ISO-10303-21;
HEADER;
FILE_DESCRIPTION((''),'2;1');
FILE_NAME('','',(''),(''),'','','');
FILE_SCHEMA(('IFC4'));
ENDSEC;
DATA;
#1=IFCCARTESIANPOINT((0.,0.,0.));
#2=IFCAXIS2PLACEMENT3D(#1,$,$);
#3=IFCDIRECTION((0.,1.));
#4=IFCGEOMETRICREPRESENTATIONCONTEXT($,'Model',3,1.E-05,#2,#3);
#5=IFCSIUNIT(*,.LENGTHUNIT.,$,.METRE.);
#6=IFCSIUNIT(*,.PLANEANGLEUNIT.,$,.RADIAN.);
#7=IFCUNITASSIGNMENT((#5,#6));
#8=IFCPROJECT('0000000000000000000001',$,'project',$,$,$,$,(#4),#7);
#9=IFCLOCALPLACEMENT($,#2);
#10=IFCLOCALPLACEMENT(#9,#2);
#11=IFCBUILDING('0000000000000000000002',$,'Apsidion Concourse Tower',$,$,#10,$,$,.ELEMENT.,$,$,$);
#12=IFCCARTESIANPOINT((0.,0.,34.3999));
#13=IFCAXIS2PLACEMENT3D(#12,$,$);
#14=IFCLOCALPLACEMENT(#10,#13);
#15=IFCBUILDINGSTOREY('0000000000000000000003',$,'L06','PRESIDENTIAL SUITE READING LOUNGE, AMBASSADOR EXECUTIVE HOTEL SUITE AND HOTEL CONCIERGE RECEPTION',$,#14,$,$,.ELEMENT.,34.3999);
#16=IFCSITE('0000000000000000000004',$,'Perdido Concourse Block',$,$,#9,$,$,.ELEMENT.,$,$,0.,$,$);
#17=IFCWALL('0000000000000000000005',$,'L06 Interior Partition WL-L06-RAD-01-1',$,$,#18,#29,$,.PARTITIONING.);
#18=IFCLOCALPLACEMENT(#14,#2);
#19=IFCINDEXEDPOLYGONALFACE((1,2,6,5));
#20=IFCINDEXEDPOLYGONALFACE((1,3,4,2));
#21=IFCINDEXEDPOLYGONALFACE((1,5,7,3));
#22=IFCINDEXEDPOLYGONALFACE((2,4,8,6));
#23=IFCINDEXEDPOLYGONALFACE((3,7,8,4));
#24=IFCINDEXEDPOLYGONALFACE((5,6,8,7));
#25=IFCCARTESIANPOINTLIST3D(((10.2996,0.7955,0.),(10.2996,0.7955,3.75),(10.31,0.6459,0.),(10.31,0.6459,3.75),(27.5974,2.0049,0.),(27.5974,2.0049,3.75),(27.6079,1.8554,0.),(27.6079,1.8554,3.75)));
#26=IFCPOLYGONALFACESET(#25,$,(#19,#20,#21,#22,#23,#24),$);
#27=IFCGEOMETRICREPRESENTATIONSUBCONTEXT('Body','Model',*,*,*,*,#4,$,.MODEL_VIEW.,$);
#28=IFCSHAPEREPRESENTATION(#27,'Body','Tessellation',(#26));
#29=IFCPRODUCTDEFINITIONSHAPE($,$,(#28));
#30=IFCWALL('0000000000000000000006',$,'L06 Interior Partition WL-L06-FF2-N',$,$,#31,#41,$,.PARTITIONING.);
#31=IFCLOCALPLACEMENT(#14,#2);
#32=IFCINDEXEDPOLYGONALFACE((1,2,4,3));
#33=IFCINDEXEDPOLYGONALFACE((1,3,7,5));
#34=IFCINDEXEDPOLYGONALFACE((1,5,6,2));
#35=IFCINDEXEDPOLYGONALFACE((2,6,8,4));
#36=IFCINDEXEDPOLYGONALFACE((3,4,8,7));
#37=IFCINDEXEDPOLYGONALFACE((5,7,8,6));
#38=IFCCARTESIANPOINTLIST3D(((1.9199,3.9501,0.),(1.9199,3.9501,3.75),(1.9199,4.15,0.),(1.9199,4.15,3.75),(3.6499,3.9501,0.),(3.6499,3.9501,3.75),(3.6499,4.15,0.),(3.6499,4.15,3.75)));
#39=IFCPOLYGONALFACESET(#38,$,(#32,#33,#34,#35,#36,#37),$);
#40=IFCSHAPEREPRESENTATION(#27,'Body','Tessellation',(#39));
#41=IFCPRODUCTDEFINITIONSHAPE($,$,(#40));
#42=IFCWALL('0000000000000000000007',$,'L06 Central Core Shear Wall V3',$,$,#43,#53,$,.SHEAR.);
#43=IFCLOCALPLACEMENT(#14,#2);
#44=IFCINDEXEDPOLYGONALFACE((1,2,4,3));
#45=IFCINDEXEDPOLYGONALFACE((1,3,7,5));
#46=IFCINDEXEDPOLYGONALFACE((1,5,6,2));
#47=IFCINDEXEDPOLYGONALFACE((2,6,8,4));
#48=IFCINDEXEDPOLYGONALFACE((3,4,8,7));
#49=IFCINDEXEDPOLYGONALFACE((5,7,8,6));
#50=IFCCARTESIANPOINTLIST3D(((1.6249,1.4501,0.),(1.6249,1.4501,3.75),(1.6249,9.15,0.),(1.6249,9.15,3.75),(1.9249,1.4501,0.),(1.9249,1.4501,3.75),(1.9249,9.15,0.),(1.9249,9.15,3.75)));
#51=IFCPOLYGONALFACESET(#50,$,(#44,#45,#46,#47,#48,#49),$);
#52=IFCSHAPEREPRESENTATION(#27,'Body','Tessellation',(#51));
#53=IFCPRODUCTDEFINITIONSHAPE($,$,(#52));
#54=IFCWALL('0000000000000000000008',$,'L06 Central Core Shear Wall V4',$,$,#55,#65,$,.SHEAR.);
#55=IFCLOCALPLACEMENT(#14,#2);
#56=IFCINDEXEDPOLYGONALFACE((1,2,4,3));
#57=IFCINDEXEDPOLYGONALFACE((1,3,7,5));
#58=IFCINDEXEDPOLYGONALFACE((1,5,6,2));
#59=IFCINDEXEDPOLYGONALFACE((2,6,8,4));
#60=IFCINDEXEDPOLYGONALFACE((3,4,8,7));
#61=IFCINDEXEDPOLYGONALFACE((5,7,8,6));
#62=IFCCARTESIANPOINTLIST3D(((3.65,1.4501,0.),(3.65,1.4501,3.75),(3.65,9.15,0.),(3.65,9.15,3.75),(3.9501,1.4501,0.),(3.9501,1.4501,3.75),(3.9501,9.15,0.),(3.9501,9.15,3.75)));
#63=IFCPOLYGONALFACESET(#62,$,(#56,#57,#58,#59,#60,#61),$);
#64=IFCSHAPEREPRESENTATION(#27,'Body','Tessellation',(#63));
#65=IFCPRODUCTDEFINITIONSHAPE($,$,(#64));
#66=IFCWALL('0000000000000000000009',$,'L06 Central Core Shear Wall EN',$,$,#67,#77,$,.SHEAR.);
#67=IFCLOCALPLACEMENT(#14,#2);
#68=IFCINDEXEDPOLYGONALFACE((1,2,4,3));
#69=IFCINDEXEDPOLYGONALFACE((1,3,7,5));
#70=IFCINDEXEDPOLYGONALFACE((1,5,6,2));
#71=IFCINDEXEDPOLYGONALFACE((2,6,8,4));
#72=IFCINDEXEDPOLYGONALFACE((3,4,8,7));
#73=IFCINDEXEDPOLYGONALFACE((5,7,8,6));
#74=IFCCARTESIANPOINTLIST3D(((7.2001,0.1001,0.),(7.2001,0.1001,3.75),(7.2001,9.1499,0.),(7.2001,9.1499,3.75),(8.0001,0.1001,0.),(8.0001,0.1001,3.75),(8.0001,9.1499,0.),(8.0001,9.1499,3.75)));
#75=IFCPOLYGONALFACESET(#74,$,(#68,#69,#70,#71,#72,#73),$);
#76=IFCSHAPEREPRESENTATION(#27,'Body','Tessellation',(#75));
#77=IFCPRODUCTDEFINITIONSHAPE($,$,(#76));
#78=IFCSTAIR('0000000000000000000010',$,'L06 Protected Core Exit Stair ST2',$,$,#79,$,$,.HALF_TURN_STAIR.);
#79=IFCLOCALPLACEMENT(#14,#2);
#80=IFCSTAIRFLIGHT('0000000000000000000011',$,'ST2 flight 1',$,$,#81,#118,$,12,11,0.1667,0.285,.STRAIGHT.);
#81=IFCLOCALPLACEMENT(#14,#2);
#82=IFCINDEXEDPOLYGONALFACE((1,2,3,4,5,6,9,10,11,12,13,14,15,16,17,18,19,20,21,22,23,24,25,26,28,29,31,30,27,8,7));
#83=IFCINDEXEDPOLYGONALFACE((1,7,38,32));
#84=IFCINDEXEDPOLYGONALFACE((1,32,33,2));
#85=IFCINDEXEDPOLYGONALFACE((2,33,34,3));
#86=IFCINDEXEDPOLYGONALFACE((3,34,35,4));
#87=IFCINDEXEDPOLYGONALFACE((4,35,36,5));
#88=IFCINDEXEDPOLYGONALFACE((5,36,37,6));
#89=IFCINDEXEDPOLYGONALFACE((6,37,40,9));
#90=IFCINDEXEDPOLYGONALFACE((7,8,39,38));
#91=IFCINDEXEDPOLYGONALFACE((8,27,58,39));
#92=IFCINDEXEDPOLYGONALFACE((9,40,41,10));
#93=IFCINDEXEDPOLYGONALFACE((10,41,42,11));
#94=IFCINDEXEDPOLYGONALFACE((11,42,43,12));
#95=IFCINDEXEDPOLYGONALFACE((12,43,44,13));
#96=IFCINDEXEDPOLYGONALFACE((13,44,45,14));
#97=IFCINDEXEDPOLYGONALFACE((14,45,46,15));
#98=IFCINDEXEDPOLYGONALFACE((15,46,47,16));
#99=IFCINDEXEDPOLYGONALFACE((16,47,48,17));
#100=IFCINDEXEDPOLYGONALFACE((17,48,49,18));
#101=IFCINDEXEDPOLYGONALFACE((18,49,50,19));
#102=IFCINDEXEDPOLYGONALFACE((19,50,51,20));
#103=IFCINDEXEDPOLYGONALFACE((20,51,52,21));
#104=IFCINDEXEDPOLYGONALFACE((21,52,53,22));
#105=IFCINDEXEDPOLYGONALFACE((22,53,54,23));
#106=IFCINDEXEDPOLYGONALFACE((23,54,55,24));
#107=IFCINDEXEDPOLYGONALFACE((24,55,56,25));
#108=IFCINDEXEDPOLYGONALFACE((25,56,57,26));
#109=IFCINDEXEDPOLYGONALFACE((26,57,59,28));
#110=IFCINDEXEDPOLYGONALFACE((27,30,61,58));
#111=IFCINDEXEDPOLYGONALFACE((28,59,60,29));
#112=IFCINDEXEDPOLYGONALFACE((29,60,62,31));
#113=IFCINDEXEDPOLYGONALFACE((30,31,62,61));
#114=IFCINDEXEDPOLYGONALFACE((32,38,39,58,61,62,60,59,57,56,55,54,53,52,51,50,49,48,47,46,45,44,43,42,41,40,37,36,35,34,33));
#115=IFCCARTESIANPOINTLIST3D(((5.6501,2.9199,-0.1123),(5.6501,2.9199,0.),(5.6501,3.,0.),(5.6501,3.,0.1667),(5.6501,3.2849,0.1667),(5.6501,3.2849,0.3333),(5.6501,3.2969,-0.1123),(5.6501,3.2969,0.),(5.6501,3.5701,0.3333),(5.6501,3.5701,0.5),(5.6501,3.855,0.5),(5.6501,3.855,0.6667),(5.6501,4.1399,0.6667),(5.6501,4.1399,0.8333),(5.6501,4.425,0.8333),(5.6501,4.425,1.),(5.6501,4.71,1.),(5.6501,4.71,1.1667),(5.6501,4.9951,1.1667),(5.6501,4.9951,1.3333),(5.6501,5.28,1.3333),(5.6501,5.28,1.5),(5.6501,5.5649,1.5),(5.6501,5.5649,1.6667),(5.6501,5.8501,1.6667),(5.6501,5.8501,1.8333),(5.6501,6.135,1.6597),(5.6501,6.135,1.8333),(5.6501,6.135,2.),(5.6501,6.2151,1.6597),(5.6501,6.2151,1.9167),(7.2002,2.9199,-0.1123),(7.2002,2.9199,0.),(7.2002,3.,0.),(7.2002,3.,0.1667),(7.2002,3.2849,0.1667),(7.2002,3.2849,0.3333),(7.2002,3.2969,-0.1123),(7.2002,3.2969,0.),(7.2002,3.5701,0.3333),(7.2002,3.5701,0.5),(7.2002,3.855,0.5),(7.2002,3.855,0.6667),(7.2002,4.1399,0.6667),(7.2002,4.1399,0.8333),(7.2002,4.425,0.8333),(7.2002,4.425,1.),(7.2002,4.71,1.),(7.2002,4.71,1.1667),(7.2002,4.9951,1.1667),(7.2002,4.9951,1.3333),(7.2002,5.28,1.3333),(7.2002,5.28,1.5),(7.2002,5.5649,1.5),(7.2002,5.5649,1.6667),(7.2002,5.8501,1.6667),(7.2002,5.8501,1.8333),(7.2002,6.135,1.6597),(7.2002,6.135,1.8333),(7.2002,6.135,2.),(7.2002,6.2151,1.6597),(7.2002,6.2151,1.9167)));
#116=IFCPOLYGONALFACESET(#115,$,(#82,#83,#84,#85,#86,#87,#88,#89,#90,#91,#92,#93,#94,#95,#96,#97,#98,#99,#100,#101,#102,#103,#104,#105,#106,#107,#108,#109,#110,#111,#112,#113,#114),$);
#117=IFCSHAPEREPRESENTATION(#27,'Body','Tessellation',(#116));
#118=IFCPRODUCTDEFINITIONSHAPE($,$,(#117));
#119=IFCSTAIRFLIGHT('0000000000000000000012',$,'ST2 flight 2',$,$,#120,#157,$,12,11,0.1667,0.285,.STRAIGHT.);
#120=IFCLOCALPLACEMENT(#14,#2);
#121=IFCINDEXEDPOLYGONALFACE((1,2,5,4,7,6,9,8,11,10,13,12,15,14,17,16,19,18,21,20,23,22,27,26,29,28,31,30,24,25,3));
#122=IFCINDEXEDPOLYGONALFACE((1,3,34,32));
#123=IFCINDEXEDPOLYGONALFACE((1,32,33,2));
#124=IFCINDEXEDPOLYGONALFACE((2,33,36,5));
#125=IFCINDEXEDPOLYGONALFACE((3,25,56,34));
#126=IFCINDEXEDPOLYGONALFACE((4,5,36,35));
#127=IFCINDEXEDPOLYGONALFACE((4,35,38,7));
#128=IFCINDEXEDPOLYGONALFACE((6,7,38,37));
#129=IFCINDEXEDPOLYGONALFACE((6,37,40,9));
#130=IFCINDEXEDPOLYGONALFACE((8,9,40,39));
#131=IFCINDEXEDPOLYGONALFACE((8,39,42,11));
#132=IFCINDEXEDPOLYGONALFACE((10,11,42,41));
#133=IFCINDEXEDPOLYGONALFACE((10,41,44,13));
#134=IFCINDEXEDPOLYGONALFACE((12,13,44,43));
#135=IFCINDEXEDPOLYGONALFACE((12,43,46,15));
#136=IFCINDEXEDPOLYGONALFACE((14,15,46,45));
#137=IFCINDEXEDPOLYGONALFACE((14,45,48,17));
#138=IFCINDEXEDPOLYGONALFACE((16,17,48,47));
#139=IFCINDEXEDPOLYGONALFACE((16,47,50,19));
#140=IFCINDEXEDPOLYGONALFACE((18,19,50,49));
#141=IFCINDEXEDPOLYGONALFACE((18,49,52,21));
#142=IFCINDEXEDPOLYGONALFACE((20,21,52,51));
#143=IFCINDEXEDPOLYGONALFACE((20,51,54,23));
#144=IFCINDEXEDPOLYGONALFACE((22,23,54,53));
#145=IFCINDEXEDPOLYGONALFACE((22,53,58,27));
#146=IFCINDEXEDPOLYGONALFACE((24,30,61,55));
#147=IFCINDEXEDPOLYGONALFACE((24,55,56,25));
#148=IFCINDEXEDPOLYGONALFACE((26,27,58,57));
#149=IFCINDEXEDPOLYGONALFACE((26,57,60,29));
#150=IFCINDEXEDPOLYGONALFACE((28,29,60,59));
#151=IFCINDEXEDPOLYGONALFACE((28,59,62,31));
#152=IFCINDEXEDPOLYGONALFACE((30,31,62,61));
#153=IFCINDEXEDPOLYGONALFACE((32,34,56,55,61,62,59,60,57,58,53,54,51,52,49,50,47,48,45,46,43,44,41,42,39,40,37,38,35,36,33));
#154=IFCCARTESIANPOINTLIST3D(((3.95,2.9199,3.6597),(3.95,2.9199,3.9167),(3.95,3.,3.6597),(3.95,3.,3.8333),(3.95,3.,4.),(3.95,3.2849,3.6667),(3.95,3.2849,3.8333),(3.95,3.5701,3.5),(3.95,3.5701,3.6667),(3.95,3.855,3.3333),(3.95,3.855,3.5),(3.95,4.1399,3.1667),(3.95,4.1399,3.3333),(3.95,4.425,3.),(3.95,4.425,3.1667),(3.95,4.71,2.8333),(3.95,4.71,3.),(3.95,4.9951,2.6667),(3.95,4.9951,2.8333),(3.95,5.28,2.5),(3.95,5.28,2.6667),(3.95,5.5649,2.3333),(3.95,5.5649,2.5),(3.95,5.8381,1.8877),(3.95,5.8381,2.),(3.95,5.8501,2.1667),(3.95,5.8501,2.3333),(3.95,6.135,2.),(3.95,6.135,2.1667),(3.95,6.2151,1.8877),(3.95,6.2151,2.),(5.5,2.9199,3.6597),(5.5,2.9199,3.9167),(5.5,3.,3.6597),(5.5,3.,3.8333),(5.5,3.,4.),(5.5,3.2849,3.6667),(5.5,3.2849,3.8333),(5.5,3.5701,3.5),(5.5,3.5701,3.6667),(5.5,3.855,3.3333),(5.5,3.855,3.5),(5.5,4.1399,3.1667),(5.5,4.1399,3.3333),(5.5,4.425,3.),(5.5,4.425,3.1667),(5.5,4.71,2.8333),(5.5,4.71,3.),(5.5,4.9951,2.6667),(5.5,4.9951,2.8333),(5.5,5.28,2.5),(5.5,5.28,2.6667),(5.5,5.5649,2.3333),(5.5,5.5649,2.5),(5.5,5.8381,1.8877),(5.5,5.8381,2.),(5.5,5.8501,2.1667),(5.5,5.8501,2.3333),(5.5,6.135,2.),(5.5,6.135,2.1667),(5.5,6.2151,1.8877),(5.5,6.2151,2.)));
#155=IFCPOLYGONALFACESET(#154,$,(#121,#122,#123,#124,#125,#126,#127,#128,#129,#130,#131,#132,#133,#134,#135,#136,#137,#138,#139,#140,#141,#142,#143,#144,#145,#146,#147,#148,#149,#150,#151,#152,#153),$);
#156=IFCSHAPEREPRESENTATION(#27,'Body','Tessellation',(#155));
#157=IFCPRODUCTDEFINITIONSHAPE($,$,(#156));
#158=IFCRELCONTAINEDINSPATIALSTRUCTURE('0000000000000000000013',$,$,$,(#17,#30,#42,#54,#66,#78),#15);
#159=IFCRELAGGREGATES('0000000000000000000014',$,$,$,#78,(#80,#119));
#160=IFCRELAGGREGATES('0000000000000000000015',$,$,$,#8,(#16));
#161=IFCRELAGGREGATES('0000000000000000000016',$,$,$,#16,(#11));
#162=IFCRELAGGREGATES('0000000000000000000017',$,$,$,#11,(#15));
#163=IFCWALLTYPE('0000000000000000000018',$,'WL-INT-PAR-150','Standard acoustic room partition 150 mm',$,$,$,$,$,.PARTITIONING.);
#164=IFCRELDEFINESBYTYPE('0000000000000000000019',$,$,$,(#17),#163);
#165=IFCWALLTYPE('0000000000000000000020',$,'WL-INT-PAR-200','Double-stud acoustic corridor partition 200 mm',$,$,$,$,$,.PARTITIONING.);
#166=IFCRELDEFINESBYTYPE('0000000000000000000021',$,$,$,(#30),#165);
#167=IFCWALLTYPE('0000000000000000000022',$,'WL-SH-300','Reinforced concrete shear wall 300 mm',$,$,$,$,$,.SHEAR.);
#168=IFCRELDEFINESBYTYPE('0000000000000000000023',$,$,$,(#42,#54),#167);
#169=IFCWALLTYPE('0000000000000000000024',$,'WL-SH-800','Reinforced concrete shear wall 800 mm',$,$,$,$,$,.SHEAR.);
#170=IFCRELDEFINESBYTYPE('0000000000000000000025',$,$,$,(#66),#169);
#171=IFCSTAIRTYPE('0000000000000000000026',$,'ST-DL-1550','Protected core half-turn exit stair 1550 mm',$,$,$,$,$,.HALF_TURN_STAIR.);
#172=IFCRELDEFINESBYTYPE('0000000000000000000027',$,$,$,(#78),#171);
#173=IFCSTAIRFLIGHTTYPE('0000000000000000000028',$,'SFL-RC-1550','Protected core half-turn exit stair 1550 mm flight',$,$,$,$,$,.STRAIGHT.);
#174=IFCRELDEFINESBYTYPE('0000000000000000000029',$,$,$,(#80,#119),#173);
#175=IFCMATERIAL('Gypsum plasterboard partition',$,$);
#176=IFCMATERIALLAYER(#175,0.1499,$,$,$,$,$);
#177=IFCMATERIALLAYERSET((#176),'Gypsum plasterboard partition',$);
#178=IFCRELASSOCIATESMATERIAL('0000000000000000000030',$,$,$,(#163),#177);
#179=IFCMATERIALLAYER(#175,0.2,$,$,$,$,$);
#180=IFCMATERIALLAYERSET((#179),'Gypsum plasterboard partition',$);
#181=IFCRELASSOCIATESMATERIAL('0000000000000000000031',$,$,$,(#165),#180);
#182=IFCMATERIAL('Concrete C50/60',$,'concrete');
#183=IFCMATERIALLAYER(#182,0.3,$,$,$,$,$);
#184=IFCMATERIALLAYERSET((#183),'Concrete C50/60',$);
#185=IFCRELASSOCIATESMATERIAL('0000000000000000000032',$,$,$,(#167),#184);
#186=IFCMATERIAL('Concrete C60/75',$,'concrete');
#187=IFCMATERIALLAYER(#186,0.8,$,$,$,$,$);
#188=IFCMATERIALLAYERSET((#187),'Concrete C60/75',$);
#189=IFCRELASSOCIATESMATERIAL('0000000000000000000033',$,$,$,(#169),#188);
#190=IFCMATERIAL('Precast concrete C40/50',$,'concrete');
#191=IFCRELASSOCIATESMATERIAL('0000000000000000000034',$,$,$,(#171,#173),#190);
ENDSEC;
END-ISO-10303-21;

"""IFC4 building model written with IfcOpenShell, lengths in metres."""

from ifc_helpers import new_model, si_unit, direction, frame, frame_2d, origin, place, context, subcontext, project, spatial, polyline, rectangle, outline, extrude, material, layer, layer_set, type_object, element, aggregate, save


model = new_model("IFC4")

# Units and contexts
model_context = context("Model", 3, precision=1e-05, world=origin(), true_north=direction((0.0, 1.0)))
body_context = subcontext(model_context, "Body", "Model", "MODEL_VIEW")
ifc_project = project(units=[si_unit("LENGTHUNIT", "METRE"), si_unit("PLANEANGLEUNIT", "RADIAN")], contexts=[model_context])

# Site, building, storey
site_placement = place(None, origin())
site = spatial("IfcSite", under=ifc_project, at=site_placement, Name="Perdido Concourse Block", CompositionType="ELEMENT", RefElevation=0.0)
building_placement = place(site_placement, origin())
building = spatial("IfcBuilding", under=site, at=building_placement, Name="Apsidion Concourse Tower", CompositionType="ELEMENT")
storey_placement = place(building_placement, frame((0.0, 0.0, 34.3999)))
storey = spatial("IfcBuildingStorey", under=building, at=storey_placement, Name="L06", Description="PRESIDENTIAL SUITE READING LOUNGE, AMBASSADOR EXECUTIVE HOTEL SUITE AND HOTEL CONCIERGE RECEPTION", CompositionType="ELEMENT", Elevation=34.3999)

# Shared definitions
ifc_material_1 = material(Name="Concrete C60/75", Category="concrete")

# Shared definitions
ifc_material_2 = material(Name="Gypsum plasterboard partition")

# Walls
ifc_layer_1 = layer(ifc_material_2, 0.1499)
ifc_layer_set_1 = layer_set([ifc_layer_1], Name="Gypsum plasterboard partition")
wall_type_1 = type_object("IfcWallType", Name="WL-INT-PAR-150", Description="Standard acoustic room partition 150 mm", PredefinedType="PARTITIONING", material=ifc_layer_set_1)
wall_1_placement = place(storey_placement, frame((10.3049, 0.7207, 0.0), z_axis=(0.0, 0.0, 1.0), x_axis=(0.997564, 0.06975, 0.0)))
element("IfcWall", 1, at=wall_1_placement, inside=storey, type_object=wall_type_1, Name="L06 Interior Partition WL-L06-RAD-01-1", PredefinedType="PARTITIONING", context=body_context, shape_type="SweptSolid", body=[
    extrude(rectangle(XDim=17.3401, YDim=0.1499, at=frame_2d((8.6699, 0.0))), origin(), (0.0, 0.0, 1.0), 3.75),
])
ifc_layer_2 = layer(ifc_material_2, 0.2)
ifc_layer_set_2 = layer_set([ifc_layer_2], Name="Gypsum plasterboard partition")
wall_type_2 = type_object("IfcWallType", Name="WL-INT-PAR-200", Description="Double-stud acoustic corridor partition 200 mm", PredefinedType="PARTITIONING", material=ifc_layer_set_2)
wall_2_placement = place(storey_placement, frame((1.9199, 4.05, 0.0), z_axis=(0.0, 0.0, 1.0), x_axis=(1.0, 0.0, 0.0)))
element("IfcWall", 2, at=wall_2_placement, inside=storey, type_object=wall_type_2, Name="L06 Interior Partition WL-L06-FF2-N", PredefinedType="PARTITIONING", context=body_context, shape_type="SweptSolid", body=[
    extrude(rectangle(XDim=1.73, YDim=0.2, at=frame_2d((0.865, 0.0))), origin(), (0.0, 0.0, 1.0), 3.75),
])
ifc_material_3 = material(Name="Concrete C50/60", Category="concrete")
ifc_layer_3 = layer(ifc_material_3, 0.3)
ifc_layer_set_3 = layer_set([ifc_layer_3], Name="Concrete C50/60")
wall_type_3 = type_object("IfcWallType", Name="WL-SH-300", Description="Reinforced concrete shear wall 300 mm", PredefinedType="SHEAR", material=ifc_layer_set_3)
for number, where, z_axis, x_axis, name in (
    (3, (1.7749, 1.45, 0.0), (0.0, 0.0, 1.0), (0.0, 1.0, 0.0), "L06 Central Core Shear Wall V3"),
    (4, (3.8, 1.45, 0.0), (0.0, 0.0, 1.0), (0.0, 1.0, 0.0), "L06 Central Core Shear Wall V4"),
):
    element("IfcWall", number, at=place(storey_placement, frame(where, z_axis=z_axis, x_axis=x_axis)), inside=storey, type_object=wall_type_3, Name=name, PredefinedType="SHEAR", context=body_context, shape_type="SweptSolid", body=[
        extrude(rectangle(XDim=7.7, YDim=0.3, at=frame_2d((3.8501, 0.0))), origin(), (0.0, 0.0, 1.0), 3.75),
    ])
ifc_layer_4 = layer(ifc_material_1, 0.8)
ifc_layer_set_4 = layer_set([ifc_layer_4], Name="Concrete C60/75")
wall_type_4 = type_object("IfcWallType", Name="WL-SH-800", Description="Reinforced concrete shear wall 800 mm", PredefinedType="SHEAR", material=ifc_layer_set_4)
wall_3_placement = place(storey_placement, frame((7.6001, 0.1001, 0.0), z_axis=(0.0, 0.0, 1.0), x_axis=(0.0, 1.0, 0.0)))
element("IfcWall", 5, at=wall_3_placement, inside=storey, type_object=wall_type_4, Name="L06 Central Core Shear Wall EN", PredefinedType="SHEAR", context=body_context, shape_type="SweptSolid", body=[
    extrude(rectangle(XDim=9.0498, YDim=0.8, at=frame_2d((4.5249, 0.0))), origin(), (0.0, 0.0, 1.0), 3.75),
])

# Stair, stair flights
ifc_material_4 = material(Name="Precast concrete C40/50", Category="concrete")
stair_type = type_object("IfcStairType", Name="ST-DL-1550", Description="Protected core half-turn exit stair 1550 mm", PredefinedType="HALF_TURN_STAIR", material=ifc_material_4)
stair_1_placement = place(storey_placement, origin())
stair_1 = element("IfcStair", 6, at=stair_1_placement, inside=storey, type_object=stair_type, Name="L06 Protected Core Exit Stair ST2", PredefinedType="HALF_TURN_STAIR")
stair_flight_type = type_object("IfcStairFlightType", Name="SFL-RC-1550", Description="Protected core half-turn exit stair 1550 mm flight", PredefinedType="STRAIGHT", material=ifc_material_4)
stair_flight_1_placement = place(storey_placement, frame((6.425, 3.0, 0.0), z_axis=(0.0, 0.0, 1.0), x_axis=(0.0, 1.0, 0.0)))
stair_flight_1 = element("IfcStairFlight", 7, at=stair_flight_1_placement, type_object=stair_flight_type, Name="ST2 flight 1", NumberOfRisers=12, NumberOfTreads=11, PredefinedType="STRAIGHT", RiserHeight=0.1667, TreadLength=0.285, context=body_context, shape_type="SweptSolid", body=[
    extrude(outline(polyline([(-0.0801, -0.1123), (-0.0801, 0.0), (0.0, 0.0), (0.0, 0.1667), (0.2849, 0.1667), (0.2849, 0.3333), (0.5701, 0.3333), (0.5701, 0.5), (0.855, 0.5), (0.855, 0.6667), (1.1399, 0.6667), (1.1399, 0.8333), (1.425, 0.8333), (1.425, 1.0), (1.71, 1.0), (1.71, 1.1667), (1.9951, 1.1667), (1.9951, 1.3333), (2.28, 1.3333), (2.28, 1.5), (2.5649, 1.5), (2.5649, 1.6667), (2.8501, 1.6667), (2.8501, 1.8333), (3.135, 1.8333), (3.135, 2.0), (3.2151, 1.9167), (3.2151, 1.6597), (3.135, 1.6597), (0.2969, 0.0), (0.2969, -0.1123), (-0.0801, -0.1123)])), frame((0.0, 0.7749, 0.0), z_axis=(0.0, -1.0, 0.0), x_axis=(1.0, 0.0, 0.0)), (0.0, 0.0, 1.0), 1.55),
])
stair_flight_2_placement = place(storey_placement, frame((4.7251, 6.135, 2.0), z_axis=(0.0, 0.0, 1.0), x_axis=(0.0, -1.0, 0.0)))
stair_flight_2 = element("IfcStairFlight", 8, at=stair_flight_2_placement, type_object=stair_flight_type, Name="ST2 flight 2", NumberOfRisers=12, NumberOfTreads=11, PredefinedType="STRAIGHT", RiserHeight=0.1667, TreadLength=0.285, context=body_context, shape_type="SweptSolid", body=[
    extrude(outline(polyline([(-0.0801, -0.1123), (-0.0801, 0.0), (0.0, 0.0), (0.0, 0.1667), (0.2849, 0.1667), (0.2849, 0.3333), (0.5701, 0.3333), (0.5701, 0.5), (0.855, 0.5), (0.855, 0.6667), (1.1399, 0.6667), (1.1399, 0.8333), (1.425, 0.8333), (1.425, 1.0), (1.71, 1.0), (1.71, 1.1667), (1.9951, 1.1667), (1.9951, 1.3333), (2.28, 1.3333), (2.28, 1.5), (2.5649, 1.5), (2.5649, 1.6667), (2.8501, 1.6667), (2.8501, 1.8333), (3.135, 1.8333), (3.135, 2.0), (3.2151, 1.9167), (3.2151, 1.6597), (3.135, 1.6597), (0.2969, 0.0), (0.2969, -0.1123), (-0.0801, -0.1123)])), frame((0.0, 0.7749, 0.0), z_axis=(0.0, -1.0, 0.0), x_axis=(1.0, 0.0, 0.0)), (0.0, 0.0, 1.0), 1.55),
])
aggregate(stair_1, [stair_flight_1, stair_flight_2])

save(model, "model.ifc")
